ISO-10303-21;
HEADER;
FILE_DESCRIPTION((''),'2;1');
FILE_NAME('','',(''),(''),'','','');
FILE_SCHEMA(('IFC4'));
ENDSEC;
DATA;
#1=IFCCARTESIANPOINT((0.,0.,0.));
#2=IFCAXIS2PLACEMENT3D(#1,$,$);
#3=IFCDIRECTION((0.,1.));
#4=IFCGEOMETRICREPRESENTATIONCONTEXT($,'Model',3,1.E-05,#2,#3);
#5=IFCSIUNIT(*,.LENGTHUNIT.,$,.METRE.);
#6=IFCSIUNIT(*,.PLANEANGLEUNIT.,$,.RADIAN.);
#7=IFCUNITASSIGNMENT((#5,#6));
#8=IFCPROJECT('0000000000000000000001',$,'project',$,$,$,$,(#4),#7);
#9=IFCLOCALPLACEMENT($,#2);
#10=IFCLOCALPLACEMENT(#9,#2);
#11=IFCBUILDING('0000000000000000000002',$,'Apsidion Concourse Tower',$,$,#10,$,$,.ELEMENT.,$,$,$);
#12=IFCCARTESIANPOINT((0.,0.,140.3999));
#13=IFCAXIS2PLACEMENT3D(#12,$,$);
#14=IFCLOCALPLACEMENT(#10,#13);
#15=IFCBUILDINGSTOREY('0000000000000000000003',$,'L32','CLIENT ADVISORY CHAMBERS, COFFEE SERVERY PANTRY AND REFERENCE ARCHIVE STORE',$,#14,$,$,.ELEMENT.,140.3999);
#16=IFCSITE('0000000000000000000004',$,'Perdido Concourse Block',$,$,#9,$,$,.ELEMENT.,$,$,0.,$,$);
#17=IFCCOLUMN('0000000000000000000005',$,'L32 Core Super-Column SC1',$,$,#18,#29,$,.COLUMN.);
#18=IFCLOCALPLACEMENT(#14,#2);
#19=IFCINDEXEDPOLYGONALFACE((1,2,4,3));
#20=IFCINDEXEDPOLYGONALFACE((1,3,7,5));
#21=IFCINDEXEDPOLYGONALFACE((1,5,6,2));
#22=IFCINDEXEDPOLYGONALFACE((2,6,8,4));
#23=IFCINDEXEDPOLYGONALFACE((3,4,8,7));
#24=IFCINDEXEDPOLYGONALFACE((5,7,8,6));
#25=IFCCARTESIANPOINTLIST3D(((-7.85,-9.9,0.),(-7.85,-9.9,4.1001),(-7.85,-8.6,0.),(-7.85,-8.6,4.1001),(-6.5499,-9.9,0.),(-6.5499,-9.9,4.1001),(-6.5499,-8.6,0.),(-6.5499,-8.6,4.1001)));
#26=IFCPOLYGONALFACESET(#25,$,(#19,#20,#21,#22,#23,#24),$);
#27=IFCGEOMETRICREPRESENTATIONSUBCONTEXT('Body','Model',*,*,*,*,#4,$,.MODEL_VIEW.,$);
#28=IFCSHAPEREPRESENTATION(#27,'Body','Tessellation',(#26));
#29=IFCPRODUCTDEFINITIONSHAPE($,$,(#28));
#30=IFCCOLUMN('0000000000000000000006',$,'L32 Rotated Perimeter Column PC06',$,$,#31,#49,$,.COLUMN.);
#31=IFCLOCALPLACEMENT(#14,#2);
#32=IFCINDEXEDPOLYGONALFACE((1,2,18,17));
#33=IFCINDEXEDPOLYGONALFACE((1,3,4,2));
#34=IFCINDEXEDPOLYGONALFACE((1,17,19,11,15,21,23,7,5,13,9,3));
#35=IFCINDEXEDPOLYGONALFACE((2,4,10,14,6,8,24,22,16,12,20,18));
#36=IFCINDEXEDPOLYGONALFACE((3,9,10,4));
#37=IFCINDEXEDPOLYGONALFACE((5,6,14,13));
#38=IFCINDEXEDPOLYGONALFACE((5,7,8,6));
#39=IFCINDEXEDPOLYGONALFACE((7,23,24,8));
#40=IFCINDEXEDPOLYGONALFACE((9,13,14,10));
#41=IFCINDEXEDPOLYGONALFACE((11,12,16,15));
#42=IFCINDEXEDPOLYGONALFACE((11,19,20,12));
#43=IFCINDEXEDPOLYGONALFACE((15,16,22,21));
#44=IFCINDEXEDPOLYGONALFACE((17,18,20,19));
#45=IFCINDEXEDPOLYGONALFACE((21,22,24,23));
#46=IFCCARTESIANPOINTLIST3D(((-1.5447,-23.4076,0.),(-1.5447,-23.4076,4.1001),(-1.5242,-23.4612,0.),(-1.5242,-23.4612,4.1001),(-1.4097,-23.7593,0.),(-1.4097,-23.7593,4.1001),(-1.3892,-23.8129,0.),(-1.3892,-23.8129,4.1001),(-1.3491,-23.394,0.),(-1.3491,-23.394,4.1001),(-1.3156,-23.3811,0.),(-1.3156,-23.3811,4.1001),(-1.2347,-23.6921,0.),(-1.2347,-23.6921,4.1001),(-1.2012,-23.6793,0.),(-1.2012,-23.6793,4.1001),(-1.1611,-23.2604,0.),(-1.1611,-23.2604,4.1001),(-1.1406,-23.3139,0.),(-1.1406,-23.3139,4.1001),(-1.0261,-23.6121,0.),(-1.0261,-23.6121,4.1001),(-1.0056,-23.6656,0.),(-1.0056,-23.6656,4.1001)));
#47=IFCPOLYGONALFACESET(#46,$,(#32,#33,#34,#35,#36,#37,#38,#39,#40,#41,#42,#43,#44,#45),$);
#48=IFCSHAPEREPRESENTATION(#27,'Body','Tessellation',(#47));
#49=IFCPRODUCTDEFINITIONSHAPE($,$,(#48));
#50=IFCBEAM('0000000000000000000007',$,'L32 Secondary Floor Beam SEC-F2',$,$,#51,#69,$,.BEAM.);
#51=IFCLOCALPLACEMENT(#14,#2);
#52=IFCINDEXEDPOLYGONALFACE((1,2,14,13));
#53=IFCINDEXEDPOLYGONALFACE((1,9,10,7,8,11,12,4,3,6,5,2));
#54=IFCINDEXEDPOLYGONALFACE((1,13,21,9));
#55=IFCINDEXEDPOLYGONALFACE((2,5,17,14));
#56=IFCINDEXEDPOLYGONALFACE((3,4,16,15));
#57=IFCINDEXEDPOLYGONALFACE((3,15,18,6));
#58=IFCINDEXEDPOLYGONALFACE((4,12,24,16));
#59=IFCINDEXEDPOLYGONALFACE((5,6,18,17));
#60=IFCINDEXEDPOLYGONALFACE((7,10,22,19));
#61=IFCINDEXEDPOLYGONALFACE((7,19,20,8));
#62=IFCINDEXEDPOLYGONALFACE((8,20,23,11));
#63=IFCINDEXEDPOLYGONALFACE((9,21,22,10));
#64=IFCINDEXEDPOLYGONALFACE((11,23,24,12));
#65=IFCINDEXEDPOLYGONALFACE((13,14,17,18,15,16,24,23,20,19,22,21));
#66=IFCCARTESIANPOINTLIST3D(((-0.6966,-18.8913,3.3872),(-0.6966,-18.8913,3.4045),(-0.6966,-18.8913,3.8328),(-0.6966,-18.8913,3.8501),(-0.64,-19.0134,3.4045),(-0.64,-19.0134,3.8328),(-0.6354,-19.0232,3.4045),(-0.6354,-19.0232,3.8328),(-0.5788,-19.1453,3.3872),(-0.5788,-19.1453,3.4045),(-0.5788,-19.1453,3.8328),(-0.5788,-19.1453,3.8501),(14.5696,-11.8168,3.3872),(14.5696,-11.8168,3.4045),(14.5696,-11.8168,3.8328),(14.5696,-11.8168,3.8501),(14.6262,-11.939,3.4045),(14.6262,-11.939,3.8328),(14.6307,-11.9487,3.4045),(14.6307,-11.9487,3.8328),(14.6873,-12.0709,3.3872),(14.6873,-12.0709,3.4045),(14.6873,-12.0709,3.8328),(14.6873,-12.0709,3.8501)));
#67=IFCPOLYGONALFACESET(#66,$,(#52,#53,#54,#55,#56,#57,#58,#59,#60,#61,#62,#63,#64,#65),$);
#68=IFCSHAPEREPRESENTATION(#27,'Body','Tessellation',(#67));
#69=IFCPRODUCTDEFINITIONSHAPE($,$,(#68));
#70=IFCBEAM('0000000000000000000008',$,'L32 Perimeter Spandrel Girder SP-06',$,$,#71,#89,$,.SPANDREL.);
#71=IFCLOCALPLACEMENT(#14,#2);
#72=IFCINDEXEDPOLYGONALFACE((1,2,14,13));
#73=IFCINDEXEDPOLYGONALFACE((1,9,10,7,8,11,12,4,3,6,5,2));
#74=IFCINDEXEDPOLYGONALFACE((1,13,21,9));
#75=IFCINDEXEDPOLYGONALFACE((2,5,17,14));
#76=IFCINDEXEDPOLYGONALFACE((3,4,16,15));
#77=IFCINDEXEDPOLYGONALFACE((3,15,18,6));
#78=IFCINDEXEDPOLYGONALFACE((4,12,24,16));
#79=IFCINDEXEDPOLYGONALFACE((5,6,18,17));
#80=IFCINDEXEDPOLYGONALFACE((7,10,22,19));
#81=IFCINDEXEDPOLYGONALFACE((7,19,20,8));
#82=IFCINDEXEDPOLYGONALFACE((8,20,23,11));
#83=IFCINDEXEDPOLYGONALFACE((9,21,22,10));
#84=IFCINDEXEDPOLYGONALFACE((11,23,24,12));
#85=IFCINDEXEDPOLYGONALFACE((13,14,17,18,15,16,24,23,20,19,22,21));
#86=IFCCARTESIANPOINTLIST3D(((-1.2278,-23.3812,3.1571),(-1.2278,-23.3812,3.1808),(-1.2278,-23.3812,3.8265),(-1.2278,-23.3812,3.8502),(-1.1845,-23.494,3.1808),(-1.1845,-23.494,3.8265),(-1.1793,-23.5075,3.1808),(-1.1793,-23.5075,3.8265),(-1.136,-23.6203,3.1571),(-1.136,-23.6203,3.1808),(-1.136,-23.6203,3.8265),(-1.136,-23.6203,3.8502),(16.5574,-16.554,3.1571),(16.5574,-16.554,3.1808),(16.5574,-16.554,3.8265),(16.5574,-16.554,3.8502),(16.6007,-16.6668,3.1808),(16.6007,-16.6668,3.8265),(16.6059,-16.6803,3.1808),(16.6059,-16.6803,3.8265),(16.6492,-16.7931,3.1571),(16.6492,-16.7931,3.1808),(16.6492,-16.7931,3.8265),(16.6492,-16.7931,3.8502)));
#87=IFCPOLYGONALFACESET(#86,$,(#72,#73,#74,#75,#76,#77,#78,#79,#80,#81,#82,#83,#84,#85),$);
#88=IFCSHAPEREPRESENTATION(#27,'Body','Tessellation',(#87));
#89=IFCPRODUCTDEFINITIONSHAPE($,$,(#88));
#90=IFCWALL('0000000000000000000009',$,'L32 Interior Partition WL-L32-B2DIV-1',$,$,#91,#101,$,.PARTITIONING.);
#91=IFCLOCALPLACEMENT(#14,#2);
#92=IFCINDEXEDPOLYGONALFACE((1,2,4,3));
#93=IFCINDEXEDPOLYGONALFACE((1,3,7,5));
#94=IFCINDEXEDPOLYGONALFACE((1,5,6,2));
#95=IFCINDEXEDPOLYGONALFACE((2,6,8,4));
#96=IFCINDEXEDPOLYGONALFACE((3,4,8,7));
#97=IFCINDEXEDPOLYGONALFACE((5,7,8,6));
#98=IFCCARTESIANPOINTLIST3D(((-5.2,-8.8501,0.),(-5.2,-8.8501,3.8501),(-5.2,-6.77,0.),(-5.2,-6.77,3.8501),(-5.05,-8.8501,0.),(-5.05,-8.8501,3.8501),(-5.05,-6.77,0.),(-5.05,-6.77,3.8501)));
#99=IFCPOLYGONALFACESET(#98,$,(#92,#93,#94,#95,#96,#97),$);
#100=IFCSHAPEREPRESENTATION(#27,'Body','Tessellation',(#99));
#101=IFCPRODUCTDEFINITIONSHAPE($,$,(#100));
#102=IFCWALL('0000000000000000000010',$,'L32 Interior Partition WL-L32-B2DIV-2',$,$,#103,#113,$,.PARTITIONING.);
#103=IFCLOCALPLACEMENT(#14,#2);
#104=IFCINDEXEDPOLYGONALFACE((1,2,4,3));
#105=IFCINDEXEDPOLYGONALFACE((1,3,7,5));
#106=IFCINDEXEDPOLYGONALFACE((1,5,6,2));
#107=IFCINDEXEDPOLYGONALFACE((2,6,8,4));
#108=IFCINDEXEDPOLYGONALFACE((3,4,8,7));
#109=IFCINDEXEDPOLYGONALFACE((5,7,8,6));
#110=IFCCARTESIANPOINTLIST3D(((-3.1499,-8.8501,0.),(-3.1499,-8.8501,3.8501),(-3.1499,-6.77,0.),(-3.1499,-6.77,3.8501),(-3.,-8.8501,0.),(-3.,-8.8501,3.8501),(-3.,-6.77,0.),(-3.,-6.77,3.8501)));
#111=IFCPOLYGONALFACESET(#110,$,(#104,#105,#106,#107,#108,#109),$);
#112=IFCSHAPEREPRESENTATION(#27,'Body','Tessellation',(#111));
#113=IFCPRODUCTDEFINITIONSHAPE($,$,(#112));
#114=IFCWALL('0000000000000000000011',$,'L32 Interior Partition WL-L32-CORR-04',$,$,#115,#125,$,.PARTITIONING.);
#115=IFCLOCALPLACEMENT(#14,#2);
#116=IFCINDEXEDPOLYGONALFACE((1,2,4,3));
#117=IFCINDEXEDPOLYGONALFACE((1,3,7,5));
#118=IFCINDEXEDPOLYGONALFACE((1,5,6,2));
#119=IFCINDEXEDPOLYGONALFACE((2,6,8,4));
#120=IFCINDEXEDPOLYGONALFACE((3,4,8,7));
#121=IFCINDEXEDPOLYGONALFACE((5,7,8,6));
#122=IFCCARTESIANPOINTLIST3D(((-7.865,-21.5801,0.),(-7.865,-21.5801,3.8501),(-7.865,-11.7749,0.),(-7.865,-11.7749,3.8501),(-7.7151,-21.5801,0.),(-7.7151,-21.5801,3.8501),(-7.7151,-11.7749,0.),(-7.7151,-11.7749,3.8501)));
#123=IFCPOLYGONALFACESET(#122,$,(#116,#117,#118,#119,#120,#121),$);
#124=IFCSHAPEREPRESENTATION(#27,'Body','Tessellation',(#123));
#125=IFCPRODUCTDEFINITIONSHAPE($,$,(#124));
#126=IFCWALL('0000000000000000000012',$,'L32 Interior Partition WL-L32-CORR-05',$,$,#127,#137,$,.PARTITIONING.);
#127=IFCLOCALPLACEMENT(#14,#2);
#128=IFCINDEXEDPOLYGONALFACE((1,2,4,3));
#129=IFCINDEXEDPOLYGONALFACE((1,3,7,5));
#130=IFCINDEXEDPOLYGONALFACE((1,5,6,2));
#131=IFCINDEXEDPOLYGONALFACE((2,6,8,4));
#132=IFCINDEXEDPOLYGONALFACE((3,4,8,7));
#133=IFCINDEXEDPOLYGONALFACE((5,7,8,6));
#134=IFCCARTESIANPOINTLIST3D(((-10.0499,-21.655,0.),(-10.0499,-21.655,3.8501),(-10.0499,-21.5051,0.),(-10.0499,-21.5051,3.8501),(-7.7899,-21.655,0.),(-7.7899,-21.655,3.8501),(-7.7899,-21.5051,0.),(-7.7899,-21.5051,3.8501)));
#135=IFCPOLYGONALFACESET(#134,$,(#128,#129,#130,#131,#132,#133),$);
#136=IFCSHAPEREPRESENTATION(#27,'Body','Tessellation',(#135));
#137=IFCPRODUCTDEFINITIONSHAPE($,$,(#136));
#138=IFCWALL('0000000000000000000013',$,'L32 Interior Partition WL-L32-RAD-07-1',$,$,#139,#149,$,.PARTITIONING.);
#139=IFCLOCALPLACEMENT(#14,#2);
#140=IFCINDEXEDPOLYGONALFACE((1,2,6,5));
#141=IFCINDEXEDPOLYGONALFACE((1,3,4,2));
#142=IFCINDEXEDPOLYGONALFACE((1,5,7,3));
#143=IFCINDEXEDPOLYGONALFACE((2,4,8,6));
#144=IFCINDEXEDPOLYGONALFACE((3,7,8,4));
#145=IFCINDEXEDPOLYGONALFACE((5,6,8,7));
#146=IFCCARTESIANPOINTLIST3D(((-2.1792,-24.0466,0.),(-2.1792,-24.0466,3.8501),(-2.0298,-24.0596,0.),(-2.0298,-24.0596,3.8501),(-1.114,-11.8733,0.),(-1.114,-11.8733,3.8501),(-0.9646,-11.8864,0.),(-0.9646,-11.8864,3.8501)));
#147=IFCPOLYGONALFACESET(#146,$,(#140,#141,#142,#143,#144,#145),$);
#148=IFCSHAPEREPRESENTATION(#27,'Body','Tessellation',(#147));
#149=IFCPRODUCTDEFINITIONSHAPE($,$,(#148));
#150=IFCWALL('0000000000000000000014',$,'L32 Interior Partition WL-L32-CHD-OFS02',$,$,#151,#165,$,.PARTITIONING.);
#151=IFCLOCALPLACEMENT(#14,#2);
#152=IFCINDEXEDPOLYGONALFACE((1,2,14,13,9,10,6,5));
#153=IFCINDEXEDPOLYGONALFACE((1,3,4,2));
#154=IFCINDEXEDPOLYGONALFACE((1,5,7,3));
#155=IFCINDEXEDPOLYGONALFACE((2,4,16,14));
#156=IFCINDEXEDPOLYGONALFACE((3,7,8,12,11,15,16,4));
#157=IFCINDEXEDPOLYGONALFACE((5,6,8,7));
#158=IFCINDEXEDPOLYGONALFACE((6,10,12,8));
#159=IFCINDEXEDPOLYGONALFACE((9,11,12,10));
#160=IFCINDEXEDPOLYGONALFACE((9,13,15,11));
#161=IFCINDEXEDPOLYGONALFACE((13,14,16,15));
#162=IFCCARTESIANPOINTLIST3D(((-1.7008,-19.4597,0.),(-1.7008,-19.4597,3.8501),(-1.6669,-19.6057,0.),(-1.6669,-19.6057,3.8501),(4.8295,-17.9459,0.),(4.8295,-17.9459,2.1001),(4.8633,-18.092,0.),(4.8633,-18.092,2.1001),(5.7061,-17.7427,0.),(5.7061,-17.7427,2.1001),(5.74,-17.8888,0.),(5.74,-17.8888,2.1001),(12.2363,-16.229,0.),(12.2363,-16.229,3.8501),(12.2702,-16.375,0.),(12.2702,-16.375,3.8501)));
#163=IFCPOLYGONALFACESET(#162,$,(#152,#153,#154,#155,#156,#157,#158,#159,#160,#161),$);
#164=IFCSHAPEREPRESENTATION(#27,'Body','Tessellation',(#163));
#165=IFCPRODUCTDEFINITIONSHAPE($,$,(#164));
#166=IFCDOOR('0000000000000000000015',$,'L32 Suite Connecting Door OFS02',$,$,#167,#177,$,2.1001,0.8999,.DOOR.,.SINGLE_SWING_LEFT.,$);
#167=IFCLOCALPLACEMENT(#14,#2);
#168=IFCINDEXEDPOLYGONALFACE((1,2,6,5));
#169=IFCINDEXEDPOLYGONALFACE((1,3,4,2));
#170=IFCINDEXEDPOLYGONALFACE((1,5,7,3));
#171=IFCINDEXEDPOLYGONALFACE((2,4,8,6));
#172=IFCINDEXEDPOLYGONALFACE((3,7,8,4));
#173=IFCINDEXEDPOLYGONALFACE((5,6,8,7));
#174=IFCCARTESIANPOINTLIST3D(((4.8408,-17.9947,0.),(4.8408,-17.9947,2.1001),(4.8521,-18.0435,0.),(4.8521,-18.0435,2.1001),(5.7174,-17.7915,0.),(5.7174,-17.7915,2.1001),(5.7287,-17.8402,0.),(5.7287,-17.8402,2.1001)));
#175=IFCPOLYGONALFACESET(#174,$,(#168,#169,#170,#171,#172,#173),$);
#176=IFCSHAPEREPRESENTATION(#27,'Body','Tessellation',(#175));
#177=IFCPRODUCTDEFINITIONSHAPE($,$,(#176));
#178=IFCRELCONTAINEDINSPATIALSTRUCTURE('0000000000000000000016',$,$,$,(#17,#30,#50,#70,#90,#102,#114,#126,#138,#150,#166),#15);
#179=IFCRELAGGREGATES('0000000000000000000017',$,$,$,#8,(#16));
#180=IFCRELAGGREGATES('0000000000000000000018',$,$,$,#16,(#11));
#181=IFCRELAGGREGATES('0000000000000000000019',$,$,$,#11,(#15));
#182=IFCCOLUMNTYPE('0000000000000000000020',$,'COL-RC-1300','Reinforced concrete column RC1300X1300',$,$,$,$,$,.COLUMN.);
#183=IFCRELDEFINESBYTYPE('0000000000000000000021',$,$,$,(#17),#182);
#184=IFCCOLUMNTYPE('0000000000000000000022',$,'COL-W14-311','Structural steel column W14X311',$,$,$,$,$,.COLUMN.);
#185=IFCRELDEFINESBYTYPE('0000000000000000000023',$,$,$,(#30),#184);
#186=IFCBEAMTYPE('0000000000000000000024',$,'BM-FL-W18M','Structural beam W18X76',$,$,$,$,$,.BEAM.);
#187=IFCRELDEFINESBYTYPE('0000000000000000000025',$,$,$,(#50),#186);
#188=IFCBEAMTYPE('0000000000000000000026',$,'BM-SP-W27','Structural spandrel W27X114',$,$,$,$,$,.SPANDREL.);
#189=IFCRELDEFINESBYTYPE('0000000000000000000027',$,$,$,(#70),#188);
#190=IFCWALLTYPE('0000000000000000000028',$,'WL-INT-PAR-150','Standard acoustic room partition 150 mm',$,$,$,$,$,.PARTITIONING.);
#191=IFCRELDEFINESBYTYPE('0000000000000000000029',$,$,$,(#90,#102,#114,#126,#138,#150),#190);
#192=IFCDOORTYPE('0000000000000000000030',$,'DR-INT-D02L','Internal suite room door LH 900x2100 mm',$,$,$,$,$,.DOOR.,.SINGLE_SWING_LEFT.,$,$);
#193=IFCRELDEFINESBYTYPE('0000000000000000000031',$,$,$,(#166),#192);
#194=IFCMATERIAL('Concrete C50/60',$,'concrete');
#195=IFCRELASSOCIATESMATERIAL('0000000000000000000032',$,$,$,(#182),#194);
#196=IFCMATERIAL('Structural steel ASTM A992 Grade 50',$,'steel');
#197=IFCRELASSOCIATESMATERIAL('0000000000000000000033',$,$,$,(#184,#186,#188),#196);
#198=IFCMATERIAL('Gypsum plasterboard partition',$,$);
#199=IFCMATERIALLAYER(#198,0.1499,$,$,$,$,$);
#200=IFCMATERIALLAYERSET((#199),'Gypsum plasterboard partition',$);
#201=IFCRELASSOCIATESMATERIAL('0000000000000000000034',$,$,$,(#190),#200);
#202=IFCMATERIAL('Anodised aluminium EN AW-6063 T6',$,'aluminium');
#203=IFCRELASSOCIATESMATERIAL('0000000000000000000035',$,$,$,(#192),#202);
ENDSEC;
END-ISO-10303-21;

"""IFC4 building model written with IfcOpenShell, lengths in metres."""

from ifc_helpers import new_model, si_unit, direction, frame, frame_2d, origin, origin_2d, place, context, subcontext, project, spatial, rectangle, i_section, extrude, material, layer, layer_set, material_profile, profile_set, type_object, element, fill, save


model = new_model("IFC4")

# Units and contexts
model_context = context("Model", 3, precision=1e-05, world=origin(), true_north=direction((0.0, 1.0)))
body_context = subcontext(model_context, "Body", "Model", "MODEL_VIEW")
ifc_project = project(units=[si_unit("LENGTHUNIT", "METRE"), si_unit("PLANEANGLEUNIT", "RADIAN")], contexts=[model_context])

# Site, building, storey
site_placement = place(None, origin())
site = spatial("IfcSite", under=ifc_project, at=site_placement, Name="Perdido Concourse Block", CompositionType="ELEMENT", RefElevation=0.0)
building_placement = place(site_placement, origin())
building = spatial("IfcBuilding", under=site, at=building_placement, Name="Apsidion Concourse Tower", CompositionType="ELEMENT")
storey_placement = place(building_placement, frame((0.0, 0.0, 140.3999)))
storey = spatial("IfcBuildingStorey", under=building, at=storey_placement, Name="L32", Description="CLIENT ADVISORY CHAMBERS, COFFEE SERVERY PANTRY AND REFERENCE ARCHIVE STORE", CompositionType="ELEMENT", Elevation=140.3999)

# Columns
ifc_material_1 = material(Name="Concrete C50/60", Category="concrete")
ifc_material_profile_1 = material_profile(ifc_material_1, rectangle(XDim=1.3, YDim=1.3, at=origin_2d()), Name="RC 1300x1300")
ifc_profile_set_1 = profile_set([ifc_material_profile_1], Name="Concrete C50/60")
column_type_1 = type_object("IfcColumnType", Name="COL-RC-1300", Description="Reinforced concrete column RC1300X1300", PredefinedType="COLUMN", material=ifc_profile_set_1)
column_1_placement = place(storey_placement, frame((-7.2, -9.25, 0.0), z_axis=(0.0, 0.0, 1.0), x_axis=(1.0, 0.0, 0.0)))
element("IfcColumn", 1, at=column_1_placement, inside=storey, type_object=column_type_1, Name="L32 Core Super-Column SC1", PredefinedType="COLUMN", context=body_context, shape_type="SweptSolid", body=[
    extrude(rectangle(XDim=1.3, YDim=1.3, at=origin_2d()), origin(), (0.0, 0.0, 1.0), 4.1001),
])
ifc_material_2 = material(Name="Structural steel ASTM A992 Grade 50", Category="steel")
ifc_material_profile_2 = material_profile(ifc_material_2, i_section(OverallWidth=0.4109, OverallDepth=0.4341, WebThickness=0.0359, FlangeThickness=0.0574, at=origin_2d()), Name="W14X311")
ifc_profile_set_2 = profile_set([ifc_material_profile_2], Name="Structural steel ASTM A992 Grade 50")
column_type_2 = type_object("IfcColumnType", Name="COL-W14-311", Description="Structural steel column W14X311", PredefinedType="COLUMN", material=ifc_profile_set_2)
column_2_placement = place(storey_placement, frame((-1.2751, -23.5366, 0.0), z_axis=(0.0, 0.0, 1.0), x_axis=(0.93358, 0.358368, 0.0)))
element("IfcColumn", 2, at=column_2_placement, inside=storey, type_object=column_type_2, Name="L32 Rotated Perimeter Column PC06", PredefinedType="COLUMN", context=body_context, shape_type="SweptSolid", body=[
    extrude(i_section(OverallWidth=0.4109, OverallDepth=0.4341, WebThickness=0.0359, FlangeThickness=0.0574, at=origin_2d()), origin(), (0.0, 0.0, 1.0), 4.1001),
])

# Beams
ifc_material_profile_3 = material_profile(ifc_material_2, i_section(OverallWidth=0.28, OverallDepth=0.4629, WebThickness=0.0107, FlangeThickness=0.0173, at=origin_2d()), Name="W18X76")
ifc_profile_set_3 = profile_set([ifc_material_profile_3], Name="Structural steel ASTM A992 Grade 50")
beam_type_1 = type_object("IfcBeamType", Name="BM-FL-W18M", Description="Structural beam W18X76", PredefinedType="BEAM", material=ifc_profile_set_3)
beam_1_placement = place(storey_placement, frame((-0.6377, -19.0183, 3.6187), z_axis=(0.907312, 0.420457, 0.0), x_axis=(-0.420457, 0.907312, 0.0)))
element("IfcBeam", 3, at=beam_1_placement, inside=storey, type_object=beam_type_1, Name="L32 Secondary Floor Beam SEC-F2", PredefinedType="BEAM", context=body_context, shape_type="SweptSolid", body=[
    extrude(i_section(OverallWidth=0.28, OverallDepth=0.4629, WebThickness=0.0107, FlangeThickness=0.0173, at=origin_2d()), origin(), (0.0, 0.0, 1.0), 16.8257),
])
ifc_material_profile_4 = material_profile(ifc_material_2, i_section(OverallWidth=0.2561, OverallDepth=0.6931, WebThickness=0.0144, FlangeThickness=0.0237, at=origin_2d()), Name="W27X114")
ifc_profile_set_4 = profile_set([ifc_material_profile_4], Name="Structural steel ASTM A992 Grade 50")
beam_type_2 = type_object("IfcBeamType", Name="BM-SP-W27", Description="Structural spandrel W27X114", PredefinedType="SPANDREL", material=ifc_profile_set_4)
beam_2_placement = place(storey_placement, frame((-1.1819, -23.5007, 3.5037), z_axis=(0.933579, 0.358371, 0.0), x_axis=(-0.358371, 0.933579, 0.0)))
element("IfcBeam", 4, at=beam_2_placement, inside=storey, type_object=beam_type_2, Name="L32 Perimeter Spandrel Girder SP-06", PredefinedType="SPANDREL", context=body_context, shape_type="SweptSolid", body=[
    extrude(i_section(OverallWidth=0.2561, OverallDepth=0.6931, WebThickness=0.0144, FlangeThickness=0.0237, at=origin_2d()), origin(), (0.0, 0.0, 1.0), 19.0505),
])

# Walls
ifc_material_3 = material(Name="Gypsum plasterboard partition")
ifc_layer_1 = layer(ifc_material_3, 0.1499)
ifc_layer_set_1 = layer_set([ifc_layer_1], Name="Gypsum plasterboard partition")
wall_type_1 = type_object("IfcWallType", Name="WL-INT-PAR-150", Description="Standard acoustic room partition 150 mm", PredefinedType="PARTITIONING", material=ifc_layer_set_1)
for number, where, z_axis, x_axis, name in (
    (5, (-5.125, -8.8501, 0.0), (0.0, 0.0, 1.0), (0.0, 1.0, 0.0), "L32 Interior Partition WL-L32-B2DIV-1"),
    (6, (-3.075, -8.8501, 0.0), (0.0, 0.0, 1.0), (0.0, 1.0, 0.0), "L32 Interior Partition WL-L32-B2DIV-2"),
):
    element("IfcWall", number, at=place(storey_placement, frame(where, z_axis=z_axis, x_axis=x_axis)), inside=storey, type_object=wall_type_1, Name=name, PredefinedType="PARTITIONING", context=body_context, shape_type="SweptSolid", body=[
        extrude(rectangle(XDim=2.0801, YDim=0.1499, at=frame_2d((1.04, 0.0))), origin(), (0.0, 0.0, 1.0), 3.8501),
    ])
wall_1_placement = place(storey_placement, frame((-7.79, -11.7749, 0.0), z_axis=(0.0, 0.0, 1.0), x_axis=(0.0, -1.0, 0.0)))
element("IfcWall", 7, at=wall_1_placement, inside=storey, type_object=wall_type_1, Name="L32 Interior Partition WL-L32-CORR-04", PredefinedType="PARTITIONING", context=body_context, shape_type="SweptSolid", body=[
    extrude(rectangle(XDim=9.8052, YDim=0.1499, at=frame_2d((4.9026, 0.0))), origin(), (0.0, 0.0, 1.0), 3.8501),
])
wall_2_placement = place(storey_placement, frame((-7.79, -21.5801, 0.0), z_axis=(0.0, 0.0, 1.0), x_axis=(-1.0, 0.0, 0.0)))
element("IfcWall", 8, at=wall_2_placement, inside=storey, type_object=wall_type_1, Name="L32 Interior Partition WL-L32-CORR-05", PredefinedType="PARTITIONING", context=body_context, shape_type="SweptSolid", body=[
    extrude(rectangle(XDim=2.26, YDim=0.1499, at=frame_2d((1.1299, 0.0))), origin(), (0.0, 0.0, 1.0), 3.8501),
])
wall_3_placement = place(storey_placement, frame((-1.0393, -11.8799, 0.0), z_axis=(0.0, 0.0, 1.0), x_axis=(-0.08717, -0.996193, 0.0)))
element("IfcWall", 9, at=wall_3_placement, inside=storey, type_object=wall_type_1, Name="L32 Interior Partition WL-L32-RAD-07-1", PredefinedType="PARTITIONING", context=body_context, shape_type="SweptSolid", body=[
    extrude(rectangle(XDim=12.2197, YDim=0.1499, at=frame_2d((6.1099, 0.0))), origin(), (0.0, 0.0, 1.0), 3.8501),
])

# Wall, opening, door
wall_4_placement = place(storey_placement, frame((-1.6838, -19.5327, 0.0), z_axis=(0.0, 0.0, 1.0), x_axis=(0.974169, 0.22582, 0.0)))
wall_4 = element("IfcWall", 10, at=wall_4_placement, inside=storey, type_object=wall_type_1, Name="L32 Interior Partition WL-L32-CHD-OFS02", PredefinedType="PARTITIONING", context=body_context, shape_type="SweptSolid", body=[
    extrude(rectangle(XDim=14.3066, YDim=0.1499, at=frame_2d((7.1533, 0.0))), origin(), (0.0, 0.0, 1.0), 3.8501),
])
opening_1_placement = place(wall_4_placement, frame((6.7034, 0.0, 0.0)))
opening_1 = element("IfcOpeningElement", 11, at=opening_1_placement, cuts=wall_4, PredefinedType="OPENING", context=body_context, shape_type="SweptSolid", body=[
    extrude(rectangle(XDim=0.8999, YDim=2.1001, at=frame_2d((0.45, 1.05))), frame((0.0, 0.085, 0.0), z_axis=(0.0, -1.0, 0.0), x_axis=(1.0, 0.0, 0.0)), (0.0, 0.0, 1.0), 0.1699),
])
ifc_material_4 = material(Name="Anodised aluminium EN AW-6063 T6", Category="aluminium")
door_type_1 = type_object("IfcDoorType", Name="DR-INT-D02L", Description="Internal suite room door LH 900x2100 mm", OperationType="SINGLE_SWING_LEFT", PredefinedType="DOOR", material=ifc_material_4)
door_1_placement = place(opening_1_placement, origin())
door_1 = element("IfcDoor", 12, at=door_1_placement, inside=storey, type_object=door_type_1, Name="L32 Suite Connecting Door OFS02", OperationType="SINGLE_SWING_LEFT", OverallHeight=2.1001, OverallWidth=0.8999, PredefinedType="DOOR", context=body_context, shape_type="SweptSolid", body=[
    extrude(rectangle(XDim=0.8999, YDim=2.1001, at=frame_2d((0.45, 1.05))), frame((0.0, 0.0249, 0.0), z_axis=(0.0, -1.0, 0.0), x_axis=(1.0, 0.0, 0.0)), (0.0, 0.0, 1.0), 0.05),
])
fill(opening_1, door_1)

save(model, "model.ifc")
